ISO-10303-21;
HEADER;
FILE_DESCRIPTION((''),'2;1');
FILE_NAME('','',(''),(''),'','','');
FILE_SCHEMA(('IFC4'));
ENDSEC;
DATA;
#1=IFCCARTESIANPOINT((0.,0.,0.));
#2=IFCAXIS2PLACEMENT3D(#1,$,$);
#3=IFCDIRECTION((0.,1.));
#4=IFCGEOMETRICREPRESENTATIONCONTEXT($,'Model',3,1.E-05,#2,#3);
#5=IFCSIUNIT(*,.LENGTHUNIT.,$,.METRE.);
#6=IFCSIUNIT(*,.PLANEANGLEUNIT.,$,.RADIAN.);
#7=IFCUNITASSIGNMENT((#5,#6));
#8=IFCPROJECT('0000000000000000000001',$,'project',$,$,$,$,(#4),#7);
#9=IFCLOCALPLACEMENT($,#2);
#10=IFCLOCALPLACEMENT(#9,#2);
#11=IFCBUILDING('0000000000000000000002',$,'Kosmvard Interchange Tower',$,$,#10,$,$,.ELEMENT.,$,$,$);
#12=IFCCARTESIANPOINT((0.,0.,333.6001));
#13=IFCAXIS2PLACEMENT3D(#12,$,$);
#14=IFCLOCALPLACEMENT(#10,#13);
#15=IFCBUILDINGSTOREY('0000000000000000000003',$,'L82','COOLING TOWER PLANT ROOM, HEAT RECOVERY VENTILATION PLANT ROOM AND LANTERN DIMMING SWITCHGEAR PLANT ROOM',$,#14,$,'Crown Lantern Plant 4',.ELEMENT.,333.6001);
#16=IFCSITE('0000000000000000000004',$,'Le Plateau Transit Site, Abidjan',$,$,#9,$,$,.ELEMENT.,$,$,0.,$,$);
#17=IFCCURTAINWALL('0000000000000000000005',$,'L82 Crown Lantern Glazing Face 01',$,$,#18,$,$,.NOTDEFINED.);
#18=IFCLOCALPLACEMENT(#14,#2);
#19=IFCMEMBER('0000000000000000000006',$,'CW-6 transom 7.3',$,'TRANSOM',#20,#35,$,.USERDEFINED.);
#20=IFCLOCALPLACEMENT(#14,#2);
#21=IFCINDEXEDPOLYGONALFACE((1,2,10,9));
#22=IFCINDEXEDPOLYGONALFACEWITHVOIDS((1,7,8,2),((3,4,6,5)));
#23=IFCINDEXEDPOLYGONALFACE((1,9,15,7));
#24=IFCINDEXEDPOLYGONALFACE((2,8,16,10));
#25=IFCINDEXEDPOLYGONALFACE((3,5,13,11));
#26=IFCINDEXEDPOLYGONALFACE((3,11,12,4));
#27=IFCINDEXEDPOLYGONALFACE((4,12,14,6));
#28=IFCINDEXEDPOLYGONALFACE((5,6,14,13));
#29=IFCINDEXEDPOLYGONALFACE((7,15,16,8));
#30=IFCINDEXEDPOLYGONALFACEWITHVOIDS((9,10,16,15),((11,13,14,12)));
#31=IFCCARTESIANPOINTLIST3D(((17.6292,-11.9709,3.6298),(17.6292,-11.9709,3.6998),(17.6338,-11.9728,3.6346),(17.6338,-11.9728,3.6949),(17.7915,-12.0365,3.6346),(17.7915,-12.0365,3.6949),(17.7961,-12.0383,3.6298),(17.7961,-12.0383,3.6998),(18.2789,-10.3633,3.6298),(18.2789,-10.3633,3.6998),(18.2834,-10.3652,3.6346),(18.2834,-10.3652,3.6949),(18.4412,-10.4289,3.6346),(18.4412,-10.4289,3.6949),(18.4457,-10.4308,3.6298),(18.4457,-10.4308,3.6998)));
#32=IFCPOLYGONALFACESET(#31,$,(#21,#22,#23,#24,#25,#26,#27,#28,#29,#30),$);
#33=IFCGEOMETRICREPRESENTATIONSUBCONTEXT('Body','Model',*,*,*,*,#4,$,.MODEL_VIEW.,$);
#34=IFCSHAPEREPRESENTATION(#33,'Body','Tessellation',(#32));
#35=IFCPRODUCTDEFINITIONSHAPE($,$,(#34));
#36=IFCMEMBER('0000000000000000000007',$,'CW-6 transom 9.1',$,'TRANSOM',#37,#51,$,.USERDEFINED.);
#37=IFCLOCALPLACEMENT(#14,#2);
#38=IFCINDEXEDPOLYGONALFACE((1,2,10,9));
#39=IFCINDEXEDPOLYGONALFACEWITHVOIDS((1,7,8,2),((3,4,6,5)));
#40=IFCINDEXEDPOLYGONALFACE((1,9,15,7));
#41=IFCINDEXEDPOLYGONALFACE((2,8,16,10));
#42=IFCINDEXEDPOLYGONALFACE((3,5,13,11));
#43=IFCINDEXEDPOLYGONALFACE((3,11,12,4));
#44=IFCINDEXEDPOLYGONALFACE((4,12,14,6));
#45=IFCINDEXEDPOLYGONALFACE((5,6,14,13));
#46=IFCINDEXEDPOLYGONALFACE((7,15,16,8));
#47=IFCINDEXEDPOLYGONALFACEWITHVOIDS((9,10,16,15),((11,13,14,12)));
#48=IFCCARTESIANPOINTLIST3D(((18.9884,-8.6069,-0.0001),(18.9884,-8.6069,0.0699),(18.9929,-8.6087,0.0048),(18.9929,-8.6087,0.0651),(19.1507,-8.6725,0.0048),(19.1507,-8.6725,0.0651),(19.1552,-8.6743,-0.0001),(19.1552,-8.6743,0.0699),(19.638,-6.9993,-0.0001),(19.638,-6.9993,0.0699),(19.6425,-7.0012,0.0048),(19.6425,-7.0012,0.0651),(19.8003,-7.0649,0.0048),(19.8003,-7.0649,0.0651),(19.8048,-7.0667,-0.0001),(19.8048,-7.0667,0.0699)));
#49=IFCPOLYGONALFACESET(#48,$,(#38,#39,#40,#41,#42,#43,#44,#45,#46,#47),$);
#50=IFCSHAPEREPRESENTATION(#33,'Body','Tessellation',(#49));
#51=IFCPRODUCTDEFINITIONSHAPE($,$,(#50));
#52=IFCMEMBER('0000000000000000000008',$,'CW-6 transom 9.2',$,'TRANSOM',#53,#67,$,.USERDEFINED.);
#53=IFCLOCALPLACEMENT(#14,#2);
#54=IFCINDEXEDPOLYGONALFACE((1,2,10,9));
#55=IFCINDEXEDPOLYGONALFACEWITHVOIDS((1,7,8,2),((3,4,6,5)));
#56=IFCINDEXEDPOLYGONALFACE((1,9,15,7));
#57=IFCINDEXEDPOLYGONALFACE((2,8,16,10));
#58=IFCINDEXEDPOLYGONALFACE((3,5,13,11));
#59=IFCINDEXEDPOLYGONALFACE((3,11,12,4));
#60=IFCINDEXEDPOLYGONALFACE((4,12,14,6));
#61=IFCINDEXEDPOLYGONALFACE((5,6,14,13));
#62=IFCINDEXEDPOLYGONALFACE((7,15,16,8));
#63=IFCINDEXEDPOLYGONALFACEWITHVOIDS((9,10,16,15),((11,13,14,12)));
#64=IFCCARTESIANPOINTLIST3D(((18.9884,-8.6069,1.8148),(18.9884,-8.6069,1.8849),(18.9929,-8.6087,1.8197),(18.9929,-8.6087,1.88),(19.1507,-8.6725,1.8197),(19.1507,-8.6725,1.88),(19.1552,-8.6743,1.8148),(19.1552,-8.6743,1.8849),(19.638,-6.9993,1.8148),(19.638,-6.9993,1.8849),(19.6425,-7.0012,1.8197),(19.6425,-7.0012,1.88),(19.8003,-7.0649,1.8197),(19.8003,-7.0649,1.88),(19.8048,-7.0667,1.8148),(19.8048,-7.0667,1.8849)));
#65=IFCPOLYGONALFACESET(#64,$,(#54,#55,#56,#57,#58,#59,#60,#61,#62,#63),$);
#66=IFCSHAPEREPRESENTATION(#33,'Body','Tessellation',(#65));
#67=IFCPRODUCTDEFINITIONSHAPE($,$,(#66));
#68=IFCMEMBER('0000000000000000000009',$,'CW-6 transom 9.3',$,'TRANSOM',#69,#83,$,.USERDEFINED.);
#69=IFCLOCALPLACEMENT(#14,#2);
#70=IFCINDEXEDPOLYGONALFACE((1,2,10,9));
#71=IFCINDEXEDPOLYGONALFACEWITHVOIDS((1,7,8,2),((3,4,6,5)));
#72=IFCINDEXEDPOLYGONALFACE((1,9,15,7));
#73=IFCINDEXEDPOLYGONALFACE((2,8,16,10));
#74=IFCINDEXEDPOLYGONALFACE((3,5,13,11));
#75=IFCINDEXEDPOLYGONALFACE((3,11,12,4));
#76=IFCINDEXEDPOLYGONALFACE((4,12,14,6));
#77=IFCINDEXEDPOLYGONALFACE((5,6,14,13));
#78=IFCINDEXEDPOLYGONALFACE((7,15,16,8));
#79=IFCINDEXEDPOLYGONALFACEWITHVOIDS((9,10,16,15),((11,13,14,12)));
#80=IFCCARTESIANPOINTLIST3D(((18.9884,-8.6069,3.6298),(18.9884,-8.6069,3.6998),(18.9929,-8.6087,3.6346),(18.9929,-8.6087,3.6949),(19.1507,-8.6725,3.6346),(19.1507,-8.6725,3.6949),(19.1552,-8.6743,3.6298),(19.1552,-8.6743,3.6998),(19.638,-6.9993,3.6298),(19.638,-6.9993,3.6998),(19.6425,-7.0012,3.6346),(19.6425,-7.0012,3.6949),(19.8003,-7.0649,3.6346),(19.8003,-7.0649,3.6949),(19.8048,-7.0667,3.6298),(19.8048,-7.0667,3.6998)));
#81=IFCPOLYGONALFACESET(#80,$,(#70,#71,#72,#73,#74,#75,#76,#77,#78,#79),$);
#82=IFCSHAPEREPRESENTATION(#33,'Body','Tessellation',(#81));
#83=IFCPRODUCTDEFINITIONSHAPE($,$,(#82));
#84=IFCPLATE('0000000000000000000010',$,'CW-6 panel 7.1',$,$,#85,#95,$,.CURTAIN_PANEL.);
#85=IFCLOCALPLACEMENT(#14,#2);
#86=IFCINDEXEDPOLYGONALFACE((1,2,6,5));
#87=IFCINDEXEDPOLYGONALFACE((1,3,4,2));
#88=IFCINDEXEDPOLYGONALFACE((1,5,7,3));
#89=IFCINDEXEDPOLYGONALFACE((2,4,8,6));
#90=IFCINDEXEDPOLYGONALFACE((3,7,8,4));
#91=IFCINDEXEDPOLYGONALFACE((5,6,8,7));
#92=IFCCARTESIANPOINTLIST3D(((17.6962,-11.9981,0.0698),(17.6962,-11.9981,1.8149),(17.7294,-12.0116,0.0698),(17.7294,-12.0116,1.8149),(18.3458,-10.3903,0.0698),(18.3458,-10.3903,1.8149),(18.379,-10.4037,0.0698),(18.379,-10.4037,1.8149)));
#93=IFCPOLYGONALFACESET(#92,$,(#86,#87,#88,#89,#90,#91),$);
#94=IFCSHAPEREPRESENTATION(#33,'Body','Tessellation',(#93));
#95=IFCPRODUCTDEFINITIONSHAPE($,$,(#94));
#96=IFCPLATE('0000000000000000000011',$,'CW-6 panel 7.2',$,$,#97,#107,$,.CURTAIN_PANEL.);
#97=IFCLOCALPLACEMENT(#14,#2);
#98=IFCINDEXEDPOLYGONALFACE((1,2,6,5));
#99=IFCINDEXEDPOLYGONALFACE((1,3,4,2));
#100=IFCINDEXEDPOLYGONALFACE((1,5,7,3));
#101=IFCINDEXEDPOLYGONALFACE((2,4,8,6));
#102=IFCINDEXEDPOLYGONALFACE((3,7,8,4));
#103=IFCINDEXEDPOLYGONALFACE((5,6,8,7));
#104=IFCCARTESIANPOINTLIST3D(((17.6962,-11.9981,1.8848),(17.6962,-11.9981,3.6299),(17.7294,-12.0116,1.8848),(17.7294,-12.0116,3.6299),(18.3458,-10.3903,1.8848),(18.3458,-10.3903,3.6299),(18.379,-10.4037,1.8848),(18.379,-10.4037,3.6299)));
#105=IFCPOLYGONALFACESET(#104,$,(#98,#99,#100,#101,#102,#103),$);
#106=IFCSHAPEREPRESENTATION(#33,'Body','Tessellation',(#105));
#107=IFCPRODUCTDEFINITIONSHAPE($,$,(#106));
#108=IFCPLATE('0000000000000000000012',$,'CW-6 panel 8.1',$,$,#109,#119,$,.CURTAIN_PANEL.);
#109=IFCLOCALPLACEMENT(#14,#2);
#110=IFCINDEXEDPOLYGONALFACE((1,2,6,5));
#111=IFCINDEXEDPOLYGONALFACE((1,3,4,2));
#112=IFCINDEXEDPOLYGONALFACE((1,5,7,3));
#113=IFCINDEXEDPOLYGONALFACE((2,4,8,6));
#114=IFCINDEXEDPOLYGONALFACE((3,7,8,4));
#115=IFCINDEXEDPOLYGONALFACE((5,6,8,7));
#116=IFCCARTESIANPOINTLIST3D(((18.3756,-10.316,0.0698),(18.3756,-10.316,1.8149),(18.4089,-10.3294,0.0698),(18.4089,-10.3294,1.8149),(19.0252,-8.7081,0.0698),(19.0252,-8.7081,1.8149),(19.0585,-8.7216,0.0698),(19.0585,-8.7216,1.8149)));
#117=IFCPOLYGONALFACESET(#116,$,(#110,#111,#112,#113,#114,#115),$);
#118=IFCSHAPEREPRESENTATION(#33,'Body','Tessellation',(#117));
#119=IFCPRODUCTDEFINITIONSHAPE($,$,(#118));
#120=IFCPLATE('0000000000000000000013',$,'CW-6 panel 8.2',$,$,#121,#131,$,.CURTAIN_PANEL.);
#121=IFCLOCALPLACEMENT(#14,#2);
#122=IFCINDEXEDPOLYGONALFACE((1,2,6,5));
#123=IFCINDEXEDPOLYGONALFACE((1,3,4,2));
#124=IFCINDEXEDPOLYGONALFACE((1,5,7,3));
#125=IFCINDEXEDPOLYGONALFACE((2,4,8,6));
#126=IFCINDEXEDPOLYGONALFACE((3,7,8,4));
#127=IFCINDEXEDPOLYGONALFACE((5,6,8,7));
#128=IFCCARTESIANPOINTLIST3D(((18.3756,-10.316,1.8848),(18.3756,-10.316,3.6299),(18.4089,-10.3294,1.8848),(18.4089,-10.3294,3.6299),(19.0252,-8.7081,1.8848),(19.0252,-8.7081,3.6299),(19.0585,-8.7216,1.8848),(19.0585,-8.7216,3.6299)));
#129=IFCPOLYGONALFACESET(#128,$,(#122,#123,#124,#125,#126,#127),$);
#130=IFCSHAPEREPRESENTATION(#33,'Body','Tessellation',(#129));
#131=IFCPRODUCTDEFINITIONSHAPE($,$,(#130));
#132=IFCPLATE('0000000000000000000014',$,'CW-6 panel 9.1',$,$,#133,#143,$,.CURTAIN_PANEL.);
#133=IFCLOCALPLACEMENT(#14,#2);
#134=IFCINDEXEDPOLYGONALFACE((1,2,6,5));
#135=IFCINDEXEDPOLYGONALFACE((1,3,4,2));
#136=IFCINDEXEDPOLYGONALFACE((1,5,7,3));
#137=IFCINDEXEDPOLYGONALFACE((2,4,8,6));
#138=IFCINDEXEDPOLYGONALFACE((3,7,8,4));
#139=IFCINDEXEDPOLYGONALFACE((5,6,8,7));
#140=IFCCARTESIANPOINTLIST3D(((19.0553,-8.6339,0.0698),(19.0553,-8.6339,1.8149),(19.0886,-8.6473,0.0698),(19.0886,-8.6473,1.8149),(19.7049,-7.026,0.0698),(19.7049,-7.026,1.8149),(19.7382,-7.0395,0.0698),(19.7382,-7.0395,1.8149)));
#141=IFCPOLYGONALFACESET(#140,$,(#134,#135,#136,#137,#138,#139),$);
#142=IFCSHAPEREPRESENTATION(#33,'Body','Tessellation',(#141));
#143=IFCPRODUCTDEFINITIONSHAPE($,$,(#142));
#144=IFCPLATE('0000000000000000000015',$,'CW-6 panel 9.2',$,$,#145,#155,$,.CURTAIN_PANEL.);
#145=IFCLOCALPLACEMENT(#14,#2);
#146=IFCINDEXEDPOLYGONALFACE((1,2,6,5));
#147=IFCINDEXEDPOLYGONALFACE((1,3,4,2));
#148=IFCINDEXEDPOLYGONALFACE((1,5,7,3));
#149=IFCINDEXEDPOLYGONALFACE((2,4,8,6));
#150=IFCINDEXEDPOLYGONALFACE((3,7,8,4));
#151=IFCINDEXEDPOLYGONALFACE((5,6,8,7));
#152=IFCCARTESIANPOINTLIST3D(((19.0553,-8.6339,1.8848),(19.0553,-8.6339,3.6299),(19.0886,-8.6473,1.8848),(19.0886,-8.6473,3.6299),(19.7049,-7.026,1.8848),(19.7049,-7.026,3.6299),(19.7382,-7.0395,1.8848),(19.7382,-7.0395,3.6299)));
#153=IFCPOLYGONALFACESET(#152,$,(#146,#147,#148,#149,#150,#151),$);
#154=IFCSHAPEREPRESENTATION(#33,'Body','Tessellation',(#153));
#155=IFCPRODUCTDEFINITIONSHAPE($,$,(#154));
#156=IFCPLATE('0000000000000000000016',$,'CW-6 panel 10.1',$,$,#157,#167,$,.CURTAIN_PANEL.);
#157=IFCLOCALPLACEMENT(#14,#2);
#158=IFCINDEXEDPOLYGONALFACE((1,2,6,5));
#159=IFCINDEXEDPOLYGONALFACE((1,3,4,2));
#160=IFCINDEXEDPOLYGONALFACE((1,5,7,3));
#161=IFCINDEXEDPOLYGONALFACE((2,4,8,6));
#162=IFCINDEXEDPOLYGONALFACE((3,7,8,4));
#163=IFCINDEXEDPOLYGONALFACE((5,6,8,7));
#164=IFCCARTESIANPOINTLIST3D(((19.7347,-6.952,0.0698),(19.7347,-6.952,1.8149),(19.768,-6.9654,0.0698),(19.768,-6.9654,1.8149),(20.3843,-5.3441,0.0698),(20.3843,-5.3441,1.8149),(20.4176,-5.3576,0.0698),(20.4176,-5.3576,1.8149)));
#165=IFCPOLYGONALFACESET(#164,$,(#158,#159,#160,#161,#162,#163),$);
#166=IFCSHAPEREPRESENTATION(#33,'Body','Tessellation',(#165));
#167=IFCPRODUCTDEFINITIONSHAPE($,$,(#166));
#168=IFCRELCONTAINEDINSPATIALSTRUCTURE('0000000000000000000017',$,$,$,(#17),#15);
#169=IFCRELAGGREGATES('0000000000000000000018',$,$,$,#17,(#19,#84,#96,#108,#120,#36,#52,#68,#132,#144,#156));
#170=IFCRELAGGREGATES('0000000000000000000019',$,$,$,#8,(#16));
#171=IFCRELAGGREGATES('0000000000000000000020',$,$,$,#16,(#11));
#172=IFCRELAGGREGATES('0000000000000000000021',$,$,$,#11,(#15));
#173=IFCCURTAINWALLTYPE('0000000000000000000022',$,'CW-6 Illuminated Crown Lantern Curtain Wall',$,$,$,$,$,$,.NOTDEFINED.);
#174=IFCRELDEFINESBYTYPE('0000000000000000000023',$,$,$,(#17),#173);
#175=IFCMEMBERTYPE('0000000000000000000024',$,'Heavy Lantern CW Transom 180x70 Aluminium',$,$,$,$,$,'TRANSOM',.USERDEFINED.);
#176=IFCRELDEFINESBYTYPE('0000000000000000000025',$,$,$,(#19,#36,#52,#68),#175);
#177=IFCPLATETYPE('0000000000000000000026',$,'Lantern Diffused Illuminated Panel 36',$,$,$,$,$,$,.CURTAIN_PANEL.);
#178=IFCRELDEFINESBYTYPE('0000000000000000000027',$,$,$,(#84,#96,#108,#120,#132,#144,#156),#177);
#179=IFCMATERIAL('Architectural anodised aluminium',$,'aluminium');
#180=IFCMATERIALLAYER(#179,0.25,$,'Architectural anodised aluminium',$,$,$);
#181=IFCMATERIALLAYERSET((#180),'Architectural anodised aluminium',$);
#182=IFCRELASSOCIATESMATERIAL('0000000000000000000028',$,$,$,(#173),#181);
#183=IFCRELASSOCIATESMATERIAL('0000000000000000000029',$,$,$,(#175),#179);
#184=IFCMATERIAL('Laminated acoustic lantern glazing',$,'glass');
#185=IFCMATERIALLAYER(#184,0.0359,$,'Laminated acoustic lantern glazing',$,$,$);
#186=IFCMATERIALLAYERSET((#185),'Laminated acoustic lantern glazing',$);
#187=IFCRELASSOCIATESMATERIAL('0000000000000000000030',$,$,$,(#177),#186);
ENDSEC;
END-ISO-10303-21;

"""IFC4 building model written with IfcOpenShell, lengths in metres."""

from ifc_helpers import new_model, si_unit, direction, frame, origin, origin_2d, place, context, subcontext, project, spatial, rectangle, hollow_rectangle, extrude, source, transform, mapped, material, layer, layer_set, material_profile, profile_set, type_object, element, aggregate, save


model = new_model("IFC4")

# Units and contexts
model_context = context("Model", 3, precision=1e-05, world=origin(), true_north=direction((0.0, 1.0)))
body_context = subcontext(model_context, "Body", "Model", "MODEL_VIEW")
ifc_project = project(units=[si_unit("LENGTHUNIT", "METRE"), si_unit("PLANEANGLEUNIT", "RADIAN")], contexts=[model_context])

# Site, building, storey
site_placement = place(None, origin())
site = spatial("IfcSite", under=ifc_project, at=site_placement, Name="Le Plateau Transit Site, Abidjan", CompositionType="ELEMENT", RefElevation=0.0)
building_placement = place(site_placement, origin())
building = spatial("IfcBuilding", under=site, at=building_placement, Name="Kosmvard Interchange Tower", CompositionType="ELEMENT")
storey_placement = place(building_placement, frame((0.0, 0.0, 333.6001)))
storey = spatial("IfcBuildingStorey", under=building, at=storey_placement, Name="L82", Description="COOLING TOWER PLANT ROOM, HEAT RECOVERY VENTILATION PLANT ROOM AND LANTERN DIMMING SWITCHGEAR PLANT ROOM", LongName="Crown Lantern Plant 4", CompositionType="ELEMENT", Elevation=333.6001)

# Curtain wall, members, plates
ifc_material_1 = material(Name="Architectural anodised aluminium", Category="aluminium")
ifc_layer_1 = layer(ifc_material_1, 0.25, Name="Architectural anodised aluminium")
ifc_layer_set_1 = layer_set([ifc_layer_1], Name="Architectural anodised aluminium")
curtain_wall_type = type_object("IfcCurtainWallType", Name="CW-6 Illuminated Crown Lantern Curtain Wall", PredefinedType="NOTDEFINED", material=ifc_layer_set_1)
curtain_wall_placement = place(storey_placement, origin())
curtain_wall = element("IfcCurtainWall", 1, at=curtain_wall_placement, inside=storey, type_object=curtain_wall_type, Name="L82 Crown Lantern Glazing Face 01", PredefinedType="NOTDEFINED")
ifc_material_profile_1 = material_profile(ifc_material_1, hollow_rectangle(XDim=0.1799, YDim=0.0701, WallThickness=0.0049, at=origin_2d()), Name="CWT 180x70x5")
ifc_profile_set_1 = profile_set([ifc_material_profile_1], Name="Architectural anodised aluminium")
member_type_1 = type_object("IfcMemberType", Name="Heavy Lantern CW Transom 180x70 Aluminium", ElementType="TRANSOM", PredefinedType="USERDEFINED", material=ifc_profile_set_1)
shared_shape_1 = source(origin(), body_context, "Body", "SweptSolid", [
    extrude(hollow_rectangle(XDim=0.1799, YDim=0.0701, WallThickness=0.0049, at=origin_2d()), origin(), (0.0, 0.0, 1.0), 1.7339),
])
member_1_placement = place(storey_placement, frame((17.7126, -12.0046, 3.6648), z_axis=(0.374666, 0.92716, 0.0), x_axis=(-0.92716, 0.374666, 0.0)))
member_1 = element("IfcMember", 2, at=member_1_placement, type_object=member_type_1, Name="CW-6 transom 7.3", ObjectType="TRANSOM", PredefinedType="USERDEFINED", context=body_context, shape_type="MappedRepresentation", body=[
    mapped(shared_shape_1, transform((0.0, 0.0, 0.0), scale=1.0)),
])
member_2_placement = place(storey_placement, frame((19.0718, -8.6406, 0.0349), z_axis=(0.374666, 0.92716, 0.0), x_axis=(-0.92716, 0.374666, 0.0)))
member_2 = element("IfcMember", 3, at=member_2_placement, type_object=member_type_1, Name="CW-6 transom 9.1", ObjectType="TRANSOM", PredefinedType="USERDEFINED", context=body_context, shape_type="MappedRepresentation", body=[
    mapped(shared_shape_1, transform((0.0, 0.0, 0.0), scale=1.0)),
])
member_3_placement = place(storey_placement, frame((19.0718, -8.6406, 1.8499), z_axis=(0.374666, 0.92716, 0.0), x_axis=(-0.92716, 0.374666, 0.0)))
member_3 = element("IfcMember", 4, at=member_3_placement, type_object=member_type_1, Name="CW-6 transom 9.2", ObjectType="TRANSOM", PredefinedType="USERDEFINED", context=body_context, shape_type="MappedRepresentation", body=[
    mapped(shared_shape_1, transform((0.0, 0.0, 0.0), scale=1.0)),
])
member_4_placement = place(storey_placement, frame((19.0718, -8.6406, 3.6648), z_axis=(0.374666, 0.92716, 0.0), x_axis=(-0.92716, 0.374666, 0.0)))
member_4 = element("IfcMember", 5, at=member_4_placement, type_object=member_type_1, Name="CW-6 transom 9.3", ObjectType="TRANSOM", PredefinedType="USERDEFINED", context=body_context, shape_type="MappedRepresentation", body=[
    mapped(shared_shape_1, transform((0.0, 0.0, 0.0), scale=1.0)),
])
ifc_material_2 = material(Name="Laminated acoustic lantern glazing", Category="glass")
ifc_layer_2 = layer(ifc_material_2, 0.0359, Name="Laminated acoustic lantern glazing")
ifc_layer_set_2 = layer_set([ifc_layer_2], Name="Laminated acoustic lantern glazing")
plate_type = type_object("IfcPlateType", Name="Lantern Diffused Illuminated Panel 36", PredefinedType="CURTAIN_PANEL", material=ifc_layer_set_2)
shared_shape_2 = source(origin(), body_context, "Body", "SweptSolid", [
    extrude(rectangle(XDim=1.7341, YDim=0.0359, at=origin_2d()), origin(), (0.0, 0.0, 1.0), 1.7451),
])
plate_1_placement = place(storey_placement, frame((18.0376, -11.2009, 0.0698), z_axis=(0.0, 0.0, 1.0), x_axis=(0.374607, 0.927184, 0.0)))
plate_1 = element("IfcPlate", 6, at=plate_1_placement, type_object=plate_type, Name="CW-6 panel 7.1", PredefinedType="CURTAIN_PANEL", context=body_context, shape_type="MappedRepresentation", body=[
    mapped(shared_shape_2, transform((0.0, 0.0, 0.0), scale=1.0)),
])
plate_2_placement = place(storey_placement, frame((18.0376, -11.2009, 1.8848), z_axis=(0.0, 0.0, 1.0), x_axis=(0.374607, 0.927184, 0.0)))
plate_2 = element("IfcPlate", 7, at=plate_2_placement, type_object=plate_type, Name="CW-6 panel 7.2", PredefinedType="CURTAIN_PANEL", context=body_context, shape_type="MappedRepresentation", body=[
    mapped(shared_shape_2, transform((0.0, 0.0, 0.0), scale=1.0)),
])
plate_3_placement = place(storey_placement, frame((18.717, -9.5188, 0.0698), z_axis=(0.0, 0.0, 1.0), x_axis=(0.374607, 0.927184, 0.0)))
plate_3 = element("IfcPlate", 8, at=plate_3_placement, type_object=plate_type, Name="CW-6 panel 8.1", PredefinedType="CURTAIN_PANEL", context=body_context, shape_type="MappedRepresentation", body=[
    mapped(shared_shape_2, transform((0.0, 0.0, 0.0), scale=1.0)),
])
plate_4_placement = place(storey_placement, frame((18.717, -9.5188, 1.8848), z_axis=(0.0, 0.0, 1.0), x_axis=(0.374607, 0.927184, 0.0)))
plate_4 = element("IfcPlate", 9, at=plate_4_placement, type_object=plate_type, Name="CW-6 panel 8.2", PredefinedType="CURTAIN_PANEL", context=body_context, shape_type="MappedRepresentation", body=[
    mapped(shared_shape_2, transform((0.0, 0.0, 0.0), scale=1.0)),
])
plate_5_placement = place(storey_placement, frame((19.3967, -7.8367, 0.0698), z_axis=(0.0, 0.0, 1.0), x_axis=(0.374607, 0.927184, 0.0)))
plate_5 = element("IfcPlate", 10, at=plate_5_placement, type_object=plate_type, Name="CW-6 panel 9.1", PredefinedType="CURTAIN_PANEL", context=body_context, shape_type="MappedRepresentation", body=[
    mapped(shared_shape_2, transform((0.0, 0.0, 0.0), scale=1.0)),
])
plate_6_placement = place(storey_placement, frame((19.3967, -7.8367, 1.8848), z_axis=(0.0, 0.0, 1.0), x_axis=(0.374607, 0.927184, 0.0)))
plate_6 = element("IfcPlate", 11, at=plate_6_placement, type_object=plate_type, Name="CW-6 panel 9.2", PredefinedType="CURTAIN_PANEL", context=body_context, shape_type="MappedRepresentation", body=[
    mapped(shared_shape_2, transform((0.0, 0.0, 0.0), scale=1.0)),
])
plate_7_placement = place(storey_placement, frame((20.0762, -6.1548, 0.0698), z_axis=(0.0, 0.0, 1.0), x_axis=(0.374607, 0.927184, 0.0)))
plate_7 = element("IfcPlate", 12, at=plate_7_placement, type_object=plate_type, Name="CW-6 panel 10.1", PredefinedType="CURTAIN_PANEL", context=body_context, shape_type="MappedRepresentation", body=[
    mapped(shared_shape_2, transform((0.0, 0.0, 0.0), scale=1.0)),
])
aggregate(curtain_wall, [member_1, plate_1, plate_2, plate_3, plate_4, member_2, member_3, member_4, plate_5, plate_6, plate_7])

save(model, "model.ifc")
